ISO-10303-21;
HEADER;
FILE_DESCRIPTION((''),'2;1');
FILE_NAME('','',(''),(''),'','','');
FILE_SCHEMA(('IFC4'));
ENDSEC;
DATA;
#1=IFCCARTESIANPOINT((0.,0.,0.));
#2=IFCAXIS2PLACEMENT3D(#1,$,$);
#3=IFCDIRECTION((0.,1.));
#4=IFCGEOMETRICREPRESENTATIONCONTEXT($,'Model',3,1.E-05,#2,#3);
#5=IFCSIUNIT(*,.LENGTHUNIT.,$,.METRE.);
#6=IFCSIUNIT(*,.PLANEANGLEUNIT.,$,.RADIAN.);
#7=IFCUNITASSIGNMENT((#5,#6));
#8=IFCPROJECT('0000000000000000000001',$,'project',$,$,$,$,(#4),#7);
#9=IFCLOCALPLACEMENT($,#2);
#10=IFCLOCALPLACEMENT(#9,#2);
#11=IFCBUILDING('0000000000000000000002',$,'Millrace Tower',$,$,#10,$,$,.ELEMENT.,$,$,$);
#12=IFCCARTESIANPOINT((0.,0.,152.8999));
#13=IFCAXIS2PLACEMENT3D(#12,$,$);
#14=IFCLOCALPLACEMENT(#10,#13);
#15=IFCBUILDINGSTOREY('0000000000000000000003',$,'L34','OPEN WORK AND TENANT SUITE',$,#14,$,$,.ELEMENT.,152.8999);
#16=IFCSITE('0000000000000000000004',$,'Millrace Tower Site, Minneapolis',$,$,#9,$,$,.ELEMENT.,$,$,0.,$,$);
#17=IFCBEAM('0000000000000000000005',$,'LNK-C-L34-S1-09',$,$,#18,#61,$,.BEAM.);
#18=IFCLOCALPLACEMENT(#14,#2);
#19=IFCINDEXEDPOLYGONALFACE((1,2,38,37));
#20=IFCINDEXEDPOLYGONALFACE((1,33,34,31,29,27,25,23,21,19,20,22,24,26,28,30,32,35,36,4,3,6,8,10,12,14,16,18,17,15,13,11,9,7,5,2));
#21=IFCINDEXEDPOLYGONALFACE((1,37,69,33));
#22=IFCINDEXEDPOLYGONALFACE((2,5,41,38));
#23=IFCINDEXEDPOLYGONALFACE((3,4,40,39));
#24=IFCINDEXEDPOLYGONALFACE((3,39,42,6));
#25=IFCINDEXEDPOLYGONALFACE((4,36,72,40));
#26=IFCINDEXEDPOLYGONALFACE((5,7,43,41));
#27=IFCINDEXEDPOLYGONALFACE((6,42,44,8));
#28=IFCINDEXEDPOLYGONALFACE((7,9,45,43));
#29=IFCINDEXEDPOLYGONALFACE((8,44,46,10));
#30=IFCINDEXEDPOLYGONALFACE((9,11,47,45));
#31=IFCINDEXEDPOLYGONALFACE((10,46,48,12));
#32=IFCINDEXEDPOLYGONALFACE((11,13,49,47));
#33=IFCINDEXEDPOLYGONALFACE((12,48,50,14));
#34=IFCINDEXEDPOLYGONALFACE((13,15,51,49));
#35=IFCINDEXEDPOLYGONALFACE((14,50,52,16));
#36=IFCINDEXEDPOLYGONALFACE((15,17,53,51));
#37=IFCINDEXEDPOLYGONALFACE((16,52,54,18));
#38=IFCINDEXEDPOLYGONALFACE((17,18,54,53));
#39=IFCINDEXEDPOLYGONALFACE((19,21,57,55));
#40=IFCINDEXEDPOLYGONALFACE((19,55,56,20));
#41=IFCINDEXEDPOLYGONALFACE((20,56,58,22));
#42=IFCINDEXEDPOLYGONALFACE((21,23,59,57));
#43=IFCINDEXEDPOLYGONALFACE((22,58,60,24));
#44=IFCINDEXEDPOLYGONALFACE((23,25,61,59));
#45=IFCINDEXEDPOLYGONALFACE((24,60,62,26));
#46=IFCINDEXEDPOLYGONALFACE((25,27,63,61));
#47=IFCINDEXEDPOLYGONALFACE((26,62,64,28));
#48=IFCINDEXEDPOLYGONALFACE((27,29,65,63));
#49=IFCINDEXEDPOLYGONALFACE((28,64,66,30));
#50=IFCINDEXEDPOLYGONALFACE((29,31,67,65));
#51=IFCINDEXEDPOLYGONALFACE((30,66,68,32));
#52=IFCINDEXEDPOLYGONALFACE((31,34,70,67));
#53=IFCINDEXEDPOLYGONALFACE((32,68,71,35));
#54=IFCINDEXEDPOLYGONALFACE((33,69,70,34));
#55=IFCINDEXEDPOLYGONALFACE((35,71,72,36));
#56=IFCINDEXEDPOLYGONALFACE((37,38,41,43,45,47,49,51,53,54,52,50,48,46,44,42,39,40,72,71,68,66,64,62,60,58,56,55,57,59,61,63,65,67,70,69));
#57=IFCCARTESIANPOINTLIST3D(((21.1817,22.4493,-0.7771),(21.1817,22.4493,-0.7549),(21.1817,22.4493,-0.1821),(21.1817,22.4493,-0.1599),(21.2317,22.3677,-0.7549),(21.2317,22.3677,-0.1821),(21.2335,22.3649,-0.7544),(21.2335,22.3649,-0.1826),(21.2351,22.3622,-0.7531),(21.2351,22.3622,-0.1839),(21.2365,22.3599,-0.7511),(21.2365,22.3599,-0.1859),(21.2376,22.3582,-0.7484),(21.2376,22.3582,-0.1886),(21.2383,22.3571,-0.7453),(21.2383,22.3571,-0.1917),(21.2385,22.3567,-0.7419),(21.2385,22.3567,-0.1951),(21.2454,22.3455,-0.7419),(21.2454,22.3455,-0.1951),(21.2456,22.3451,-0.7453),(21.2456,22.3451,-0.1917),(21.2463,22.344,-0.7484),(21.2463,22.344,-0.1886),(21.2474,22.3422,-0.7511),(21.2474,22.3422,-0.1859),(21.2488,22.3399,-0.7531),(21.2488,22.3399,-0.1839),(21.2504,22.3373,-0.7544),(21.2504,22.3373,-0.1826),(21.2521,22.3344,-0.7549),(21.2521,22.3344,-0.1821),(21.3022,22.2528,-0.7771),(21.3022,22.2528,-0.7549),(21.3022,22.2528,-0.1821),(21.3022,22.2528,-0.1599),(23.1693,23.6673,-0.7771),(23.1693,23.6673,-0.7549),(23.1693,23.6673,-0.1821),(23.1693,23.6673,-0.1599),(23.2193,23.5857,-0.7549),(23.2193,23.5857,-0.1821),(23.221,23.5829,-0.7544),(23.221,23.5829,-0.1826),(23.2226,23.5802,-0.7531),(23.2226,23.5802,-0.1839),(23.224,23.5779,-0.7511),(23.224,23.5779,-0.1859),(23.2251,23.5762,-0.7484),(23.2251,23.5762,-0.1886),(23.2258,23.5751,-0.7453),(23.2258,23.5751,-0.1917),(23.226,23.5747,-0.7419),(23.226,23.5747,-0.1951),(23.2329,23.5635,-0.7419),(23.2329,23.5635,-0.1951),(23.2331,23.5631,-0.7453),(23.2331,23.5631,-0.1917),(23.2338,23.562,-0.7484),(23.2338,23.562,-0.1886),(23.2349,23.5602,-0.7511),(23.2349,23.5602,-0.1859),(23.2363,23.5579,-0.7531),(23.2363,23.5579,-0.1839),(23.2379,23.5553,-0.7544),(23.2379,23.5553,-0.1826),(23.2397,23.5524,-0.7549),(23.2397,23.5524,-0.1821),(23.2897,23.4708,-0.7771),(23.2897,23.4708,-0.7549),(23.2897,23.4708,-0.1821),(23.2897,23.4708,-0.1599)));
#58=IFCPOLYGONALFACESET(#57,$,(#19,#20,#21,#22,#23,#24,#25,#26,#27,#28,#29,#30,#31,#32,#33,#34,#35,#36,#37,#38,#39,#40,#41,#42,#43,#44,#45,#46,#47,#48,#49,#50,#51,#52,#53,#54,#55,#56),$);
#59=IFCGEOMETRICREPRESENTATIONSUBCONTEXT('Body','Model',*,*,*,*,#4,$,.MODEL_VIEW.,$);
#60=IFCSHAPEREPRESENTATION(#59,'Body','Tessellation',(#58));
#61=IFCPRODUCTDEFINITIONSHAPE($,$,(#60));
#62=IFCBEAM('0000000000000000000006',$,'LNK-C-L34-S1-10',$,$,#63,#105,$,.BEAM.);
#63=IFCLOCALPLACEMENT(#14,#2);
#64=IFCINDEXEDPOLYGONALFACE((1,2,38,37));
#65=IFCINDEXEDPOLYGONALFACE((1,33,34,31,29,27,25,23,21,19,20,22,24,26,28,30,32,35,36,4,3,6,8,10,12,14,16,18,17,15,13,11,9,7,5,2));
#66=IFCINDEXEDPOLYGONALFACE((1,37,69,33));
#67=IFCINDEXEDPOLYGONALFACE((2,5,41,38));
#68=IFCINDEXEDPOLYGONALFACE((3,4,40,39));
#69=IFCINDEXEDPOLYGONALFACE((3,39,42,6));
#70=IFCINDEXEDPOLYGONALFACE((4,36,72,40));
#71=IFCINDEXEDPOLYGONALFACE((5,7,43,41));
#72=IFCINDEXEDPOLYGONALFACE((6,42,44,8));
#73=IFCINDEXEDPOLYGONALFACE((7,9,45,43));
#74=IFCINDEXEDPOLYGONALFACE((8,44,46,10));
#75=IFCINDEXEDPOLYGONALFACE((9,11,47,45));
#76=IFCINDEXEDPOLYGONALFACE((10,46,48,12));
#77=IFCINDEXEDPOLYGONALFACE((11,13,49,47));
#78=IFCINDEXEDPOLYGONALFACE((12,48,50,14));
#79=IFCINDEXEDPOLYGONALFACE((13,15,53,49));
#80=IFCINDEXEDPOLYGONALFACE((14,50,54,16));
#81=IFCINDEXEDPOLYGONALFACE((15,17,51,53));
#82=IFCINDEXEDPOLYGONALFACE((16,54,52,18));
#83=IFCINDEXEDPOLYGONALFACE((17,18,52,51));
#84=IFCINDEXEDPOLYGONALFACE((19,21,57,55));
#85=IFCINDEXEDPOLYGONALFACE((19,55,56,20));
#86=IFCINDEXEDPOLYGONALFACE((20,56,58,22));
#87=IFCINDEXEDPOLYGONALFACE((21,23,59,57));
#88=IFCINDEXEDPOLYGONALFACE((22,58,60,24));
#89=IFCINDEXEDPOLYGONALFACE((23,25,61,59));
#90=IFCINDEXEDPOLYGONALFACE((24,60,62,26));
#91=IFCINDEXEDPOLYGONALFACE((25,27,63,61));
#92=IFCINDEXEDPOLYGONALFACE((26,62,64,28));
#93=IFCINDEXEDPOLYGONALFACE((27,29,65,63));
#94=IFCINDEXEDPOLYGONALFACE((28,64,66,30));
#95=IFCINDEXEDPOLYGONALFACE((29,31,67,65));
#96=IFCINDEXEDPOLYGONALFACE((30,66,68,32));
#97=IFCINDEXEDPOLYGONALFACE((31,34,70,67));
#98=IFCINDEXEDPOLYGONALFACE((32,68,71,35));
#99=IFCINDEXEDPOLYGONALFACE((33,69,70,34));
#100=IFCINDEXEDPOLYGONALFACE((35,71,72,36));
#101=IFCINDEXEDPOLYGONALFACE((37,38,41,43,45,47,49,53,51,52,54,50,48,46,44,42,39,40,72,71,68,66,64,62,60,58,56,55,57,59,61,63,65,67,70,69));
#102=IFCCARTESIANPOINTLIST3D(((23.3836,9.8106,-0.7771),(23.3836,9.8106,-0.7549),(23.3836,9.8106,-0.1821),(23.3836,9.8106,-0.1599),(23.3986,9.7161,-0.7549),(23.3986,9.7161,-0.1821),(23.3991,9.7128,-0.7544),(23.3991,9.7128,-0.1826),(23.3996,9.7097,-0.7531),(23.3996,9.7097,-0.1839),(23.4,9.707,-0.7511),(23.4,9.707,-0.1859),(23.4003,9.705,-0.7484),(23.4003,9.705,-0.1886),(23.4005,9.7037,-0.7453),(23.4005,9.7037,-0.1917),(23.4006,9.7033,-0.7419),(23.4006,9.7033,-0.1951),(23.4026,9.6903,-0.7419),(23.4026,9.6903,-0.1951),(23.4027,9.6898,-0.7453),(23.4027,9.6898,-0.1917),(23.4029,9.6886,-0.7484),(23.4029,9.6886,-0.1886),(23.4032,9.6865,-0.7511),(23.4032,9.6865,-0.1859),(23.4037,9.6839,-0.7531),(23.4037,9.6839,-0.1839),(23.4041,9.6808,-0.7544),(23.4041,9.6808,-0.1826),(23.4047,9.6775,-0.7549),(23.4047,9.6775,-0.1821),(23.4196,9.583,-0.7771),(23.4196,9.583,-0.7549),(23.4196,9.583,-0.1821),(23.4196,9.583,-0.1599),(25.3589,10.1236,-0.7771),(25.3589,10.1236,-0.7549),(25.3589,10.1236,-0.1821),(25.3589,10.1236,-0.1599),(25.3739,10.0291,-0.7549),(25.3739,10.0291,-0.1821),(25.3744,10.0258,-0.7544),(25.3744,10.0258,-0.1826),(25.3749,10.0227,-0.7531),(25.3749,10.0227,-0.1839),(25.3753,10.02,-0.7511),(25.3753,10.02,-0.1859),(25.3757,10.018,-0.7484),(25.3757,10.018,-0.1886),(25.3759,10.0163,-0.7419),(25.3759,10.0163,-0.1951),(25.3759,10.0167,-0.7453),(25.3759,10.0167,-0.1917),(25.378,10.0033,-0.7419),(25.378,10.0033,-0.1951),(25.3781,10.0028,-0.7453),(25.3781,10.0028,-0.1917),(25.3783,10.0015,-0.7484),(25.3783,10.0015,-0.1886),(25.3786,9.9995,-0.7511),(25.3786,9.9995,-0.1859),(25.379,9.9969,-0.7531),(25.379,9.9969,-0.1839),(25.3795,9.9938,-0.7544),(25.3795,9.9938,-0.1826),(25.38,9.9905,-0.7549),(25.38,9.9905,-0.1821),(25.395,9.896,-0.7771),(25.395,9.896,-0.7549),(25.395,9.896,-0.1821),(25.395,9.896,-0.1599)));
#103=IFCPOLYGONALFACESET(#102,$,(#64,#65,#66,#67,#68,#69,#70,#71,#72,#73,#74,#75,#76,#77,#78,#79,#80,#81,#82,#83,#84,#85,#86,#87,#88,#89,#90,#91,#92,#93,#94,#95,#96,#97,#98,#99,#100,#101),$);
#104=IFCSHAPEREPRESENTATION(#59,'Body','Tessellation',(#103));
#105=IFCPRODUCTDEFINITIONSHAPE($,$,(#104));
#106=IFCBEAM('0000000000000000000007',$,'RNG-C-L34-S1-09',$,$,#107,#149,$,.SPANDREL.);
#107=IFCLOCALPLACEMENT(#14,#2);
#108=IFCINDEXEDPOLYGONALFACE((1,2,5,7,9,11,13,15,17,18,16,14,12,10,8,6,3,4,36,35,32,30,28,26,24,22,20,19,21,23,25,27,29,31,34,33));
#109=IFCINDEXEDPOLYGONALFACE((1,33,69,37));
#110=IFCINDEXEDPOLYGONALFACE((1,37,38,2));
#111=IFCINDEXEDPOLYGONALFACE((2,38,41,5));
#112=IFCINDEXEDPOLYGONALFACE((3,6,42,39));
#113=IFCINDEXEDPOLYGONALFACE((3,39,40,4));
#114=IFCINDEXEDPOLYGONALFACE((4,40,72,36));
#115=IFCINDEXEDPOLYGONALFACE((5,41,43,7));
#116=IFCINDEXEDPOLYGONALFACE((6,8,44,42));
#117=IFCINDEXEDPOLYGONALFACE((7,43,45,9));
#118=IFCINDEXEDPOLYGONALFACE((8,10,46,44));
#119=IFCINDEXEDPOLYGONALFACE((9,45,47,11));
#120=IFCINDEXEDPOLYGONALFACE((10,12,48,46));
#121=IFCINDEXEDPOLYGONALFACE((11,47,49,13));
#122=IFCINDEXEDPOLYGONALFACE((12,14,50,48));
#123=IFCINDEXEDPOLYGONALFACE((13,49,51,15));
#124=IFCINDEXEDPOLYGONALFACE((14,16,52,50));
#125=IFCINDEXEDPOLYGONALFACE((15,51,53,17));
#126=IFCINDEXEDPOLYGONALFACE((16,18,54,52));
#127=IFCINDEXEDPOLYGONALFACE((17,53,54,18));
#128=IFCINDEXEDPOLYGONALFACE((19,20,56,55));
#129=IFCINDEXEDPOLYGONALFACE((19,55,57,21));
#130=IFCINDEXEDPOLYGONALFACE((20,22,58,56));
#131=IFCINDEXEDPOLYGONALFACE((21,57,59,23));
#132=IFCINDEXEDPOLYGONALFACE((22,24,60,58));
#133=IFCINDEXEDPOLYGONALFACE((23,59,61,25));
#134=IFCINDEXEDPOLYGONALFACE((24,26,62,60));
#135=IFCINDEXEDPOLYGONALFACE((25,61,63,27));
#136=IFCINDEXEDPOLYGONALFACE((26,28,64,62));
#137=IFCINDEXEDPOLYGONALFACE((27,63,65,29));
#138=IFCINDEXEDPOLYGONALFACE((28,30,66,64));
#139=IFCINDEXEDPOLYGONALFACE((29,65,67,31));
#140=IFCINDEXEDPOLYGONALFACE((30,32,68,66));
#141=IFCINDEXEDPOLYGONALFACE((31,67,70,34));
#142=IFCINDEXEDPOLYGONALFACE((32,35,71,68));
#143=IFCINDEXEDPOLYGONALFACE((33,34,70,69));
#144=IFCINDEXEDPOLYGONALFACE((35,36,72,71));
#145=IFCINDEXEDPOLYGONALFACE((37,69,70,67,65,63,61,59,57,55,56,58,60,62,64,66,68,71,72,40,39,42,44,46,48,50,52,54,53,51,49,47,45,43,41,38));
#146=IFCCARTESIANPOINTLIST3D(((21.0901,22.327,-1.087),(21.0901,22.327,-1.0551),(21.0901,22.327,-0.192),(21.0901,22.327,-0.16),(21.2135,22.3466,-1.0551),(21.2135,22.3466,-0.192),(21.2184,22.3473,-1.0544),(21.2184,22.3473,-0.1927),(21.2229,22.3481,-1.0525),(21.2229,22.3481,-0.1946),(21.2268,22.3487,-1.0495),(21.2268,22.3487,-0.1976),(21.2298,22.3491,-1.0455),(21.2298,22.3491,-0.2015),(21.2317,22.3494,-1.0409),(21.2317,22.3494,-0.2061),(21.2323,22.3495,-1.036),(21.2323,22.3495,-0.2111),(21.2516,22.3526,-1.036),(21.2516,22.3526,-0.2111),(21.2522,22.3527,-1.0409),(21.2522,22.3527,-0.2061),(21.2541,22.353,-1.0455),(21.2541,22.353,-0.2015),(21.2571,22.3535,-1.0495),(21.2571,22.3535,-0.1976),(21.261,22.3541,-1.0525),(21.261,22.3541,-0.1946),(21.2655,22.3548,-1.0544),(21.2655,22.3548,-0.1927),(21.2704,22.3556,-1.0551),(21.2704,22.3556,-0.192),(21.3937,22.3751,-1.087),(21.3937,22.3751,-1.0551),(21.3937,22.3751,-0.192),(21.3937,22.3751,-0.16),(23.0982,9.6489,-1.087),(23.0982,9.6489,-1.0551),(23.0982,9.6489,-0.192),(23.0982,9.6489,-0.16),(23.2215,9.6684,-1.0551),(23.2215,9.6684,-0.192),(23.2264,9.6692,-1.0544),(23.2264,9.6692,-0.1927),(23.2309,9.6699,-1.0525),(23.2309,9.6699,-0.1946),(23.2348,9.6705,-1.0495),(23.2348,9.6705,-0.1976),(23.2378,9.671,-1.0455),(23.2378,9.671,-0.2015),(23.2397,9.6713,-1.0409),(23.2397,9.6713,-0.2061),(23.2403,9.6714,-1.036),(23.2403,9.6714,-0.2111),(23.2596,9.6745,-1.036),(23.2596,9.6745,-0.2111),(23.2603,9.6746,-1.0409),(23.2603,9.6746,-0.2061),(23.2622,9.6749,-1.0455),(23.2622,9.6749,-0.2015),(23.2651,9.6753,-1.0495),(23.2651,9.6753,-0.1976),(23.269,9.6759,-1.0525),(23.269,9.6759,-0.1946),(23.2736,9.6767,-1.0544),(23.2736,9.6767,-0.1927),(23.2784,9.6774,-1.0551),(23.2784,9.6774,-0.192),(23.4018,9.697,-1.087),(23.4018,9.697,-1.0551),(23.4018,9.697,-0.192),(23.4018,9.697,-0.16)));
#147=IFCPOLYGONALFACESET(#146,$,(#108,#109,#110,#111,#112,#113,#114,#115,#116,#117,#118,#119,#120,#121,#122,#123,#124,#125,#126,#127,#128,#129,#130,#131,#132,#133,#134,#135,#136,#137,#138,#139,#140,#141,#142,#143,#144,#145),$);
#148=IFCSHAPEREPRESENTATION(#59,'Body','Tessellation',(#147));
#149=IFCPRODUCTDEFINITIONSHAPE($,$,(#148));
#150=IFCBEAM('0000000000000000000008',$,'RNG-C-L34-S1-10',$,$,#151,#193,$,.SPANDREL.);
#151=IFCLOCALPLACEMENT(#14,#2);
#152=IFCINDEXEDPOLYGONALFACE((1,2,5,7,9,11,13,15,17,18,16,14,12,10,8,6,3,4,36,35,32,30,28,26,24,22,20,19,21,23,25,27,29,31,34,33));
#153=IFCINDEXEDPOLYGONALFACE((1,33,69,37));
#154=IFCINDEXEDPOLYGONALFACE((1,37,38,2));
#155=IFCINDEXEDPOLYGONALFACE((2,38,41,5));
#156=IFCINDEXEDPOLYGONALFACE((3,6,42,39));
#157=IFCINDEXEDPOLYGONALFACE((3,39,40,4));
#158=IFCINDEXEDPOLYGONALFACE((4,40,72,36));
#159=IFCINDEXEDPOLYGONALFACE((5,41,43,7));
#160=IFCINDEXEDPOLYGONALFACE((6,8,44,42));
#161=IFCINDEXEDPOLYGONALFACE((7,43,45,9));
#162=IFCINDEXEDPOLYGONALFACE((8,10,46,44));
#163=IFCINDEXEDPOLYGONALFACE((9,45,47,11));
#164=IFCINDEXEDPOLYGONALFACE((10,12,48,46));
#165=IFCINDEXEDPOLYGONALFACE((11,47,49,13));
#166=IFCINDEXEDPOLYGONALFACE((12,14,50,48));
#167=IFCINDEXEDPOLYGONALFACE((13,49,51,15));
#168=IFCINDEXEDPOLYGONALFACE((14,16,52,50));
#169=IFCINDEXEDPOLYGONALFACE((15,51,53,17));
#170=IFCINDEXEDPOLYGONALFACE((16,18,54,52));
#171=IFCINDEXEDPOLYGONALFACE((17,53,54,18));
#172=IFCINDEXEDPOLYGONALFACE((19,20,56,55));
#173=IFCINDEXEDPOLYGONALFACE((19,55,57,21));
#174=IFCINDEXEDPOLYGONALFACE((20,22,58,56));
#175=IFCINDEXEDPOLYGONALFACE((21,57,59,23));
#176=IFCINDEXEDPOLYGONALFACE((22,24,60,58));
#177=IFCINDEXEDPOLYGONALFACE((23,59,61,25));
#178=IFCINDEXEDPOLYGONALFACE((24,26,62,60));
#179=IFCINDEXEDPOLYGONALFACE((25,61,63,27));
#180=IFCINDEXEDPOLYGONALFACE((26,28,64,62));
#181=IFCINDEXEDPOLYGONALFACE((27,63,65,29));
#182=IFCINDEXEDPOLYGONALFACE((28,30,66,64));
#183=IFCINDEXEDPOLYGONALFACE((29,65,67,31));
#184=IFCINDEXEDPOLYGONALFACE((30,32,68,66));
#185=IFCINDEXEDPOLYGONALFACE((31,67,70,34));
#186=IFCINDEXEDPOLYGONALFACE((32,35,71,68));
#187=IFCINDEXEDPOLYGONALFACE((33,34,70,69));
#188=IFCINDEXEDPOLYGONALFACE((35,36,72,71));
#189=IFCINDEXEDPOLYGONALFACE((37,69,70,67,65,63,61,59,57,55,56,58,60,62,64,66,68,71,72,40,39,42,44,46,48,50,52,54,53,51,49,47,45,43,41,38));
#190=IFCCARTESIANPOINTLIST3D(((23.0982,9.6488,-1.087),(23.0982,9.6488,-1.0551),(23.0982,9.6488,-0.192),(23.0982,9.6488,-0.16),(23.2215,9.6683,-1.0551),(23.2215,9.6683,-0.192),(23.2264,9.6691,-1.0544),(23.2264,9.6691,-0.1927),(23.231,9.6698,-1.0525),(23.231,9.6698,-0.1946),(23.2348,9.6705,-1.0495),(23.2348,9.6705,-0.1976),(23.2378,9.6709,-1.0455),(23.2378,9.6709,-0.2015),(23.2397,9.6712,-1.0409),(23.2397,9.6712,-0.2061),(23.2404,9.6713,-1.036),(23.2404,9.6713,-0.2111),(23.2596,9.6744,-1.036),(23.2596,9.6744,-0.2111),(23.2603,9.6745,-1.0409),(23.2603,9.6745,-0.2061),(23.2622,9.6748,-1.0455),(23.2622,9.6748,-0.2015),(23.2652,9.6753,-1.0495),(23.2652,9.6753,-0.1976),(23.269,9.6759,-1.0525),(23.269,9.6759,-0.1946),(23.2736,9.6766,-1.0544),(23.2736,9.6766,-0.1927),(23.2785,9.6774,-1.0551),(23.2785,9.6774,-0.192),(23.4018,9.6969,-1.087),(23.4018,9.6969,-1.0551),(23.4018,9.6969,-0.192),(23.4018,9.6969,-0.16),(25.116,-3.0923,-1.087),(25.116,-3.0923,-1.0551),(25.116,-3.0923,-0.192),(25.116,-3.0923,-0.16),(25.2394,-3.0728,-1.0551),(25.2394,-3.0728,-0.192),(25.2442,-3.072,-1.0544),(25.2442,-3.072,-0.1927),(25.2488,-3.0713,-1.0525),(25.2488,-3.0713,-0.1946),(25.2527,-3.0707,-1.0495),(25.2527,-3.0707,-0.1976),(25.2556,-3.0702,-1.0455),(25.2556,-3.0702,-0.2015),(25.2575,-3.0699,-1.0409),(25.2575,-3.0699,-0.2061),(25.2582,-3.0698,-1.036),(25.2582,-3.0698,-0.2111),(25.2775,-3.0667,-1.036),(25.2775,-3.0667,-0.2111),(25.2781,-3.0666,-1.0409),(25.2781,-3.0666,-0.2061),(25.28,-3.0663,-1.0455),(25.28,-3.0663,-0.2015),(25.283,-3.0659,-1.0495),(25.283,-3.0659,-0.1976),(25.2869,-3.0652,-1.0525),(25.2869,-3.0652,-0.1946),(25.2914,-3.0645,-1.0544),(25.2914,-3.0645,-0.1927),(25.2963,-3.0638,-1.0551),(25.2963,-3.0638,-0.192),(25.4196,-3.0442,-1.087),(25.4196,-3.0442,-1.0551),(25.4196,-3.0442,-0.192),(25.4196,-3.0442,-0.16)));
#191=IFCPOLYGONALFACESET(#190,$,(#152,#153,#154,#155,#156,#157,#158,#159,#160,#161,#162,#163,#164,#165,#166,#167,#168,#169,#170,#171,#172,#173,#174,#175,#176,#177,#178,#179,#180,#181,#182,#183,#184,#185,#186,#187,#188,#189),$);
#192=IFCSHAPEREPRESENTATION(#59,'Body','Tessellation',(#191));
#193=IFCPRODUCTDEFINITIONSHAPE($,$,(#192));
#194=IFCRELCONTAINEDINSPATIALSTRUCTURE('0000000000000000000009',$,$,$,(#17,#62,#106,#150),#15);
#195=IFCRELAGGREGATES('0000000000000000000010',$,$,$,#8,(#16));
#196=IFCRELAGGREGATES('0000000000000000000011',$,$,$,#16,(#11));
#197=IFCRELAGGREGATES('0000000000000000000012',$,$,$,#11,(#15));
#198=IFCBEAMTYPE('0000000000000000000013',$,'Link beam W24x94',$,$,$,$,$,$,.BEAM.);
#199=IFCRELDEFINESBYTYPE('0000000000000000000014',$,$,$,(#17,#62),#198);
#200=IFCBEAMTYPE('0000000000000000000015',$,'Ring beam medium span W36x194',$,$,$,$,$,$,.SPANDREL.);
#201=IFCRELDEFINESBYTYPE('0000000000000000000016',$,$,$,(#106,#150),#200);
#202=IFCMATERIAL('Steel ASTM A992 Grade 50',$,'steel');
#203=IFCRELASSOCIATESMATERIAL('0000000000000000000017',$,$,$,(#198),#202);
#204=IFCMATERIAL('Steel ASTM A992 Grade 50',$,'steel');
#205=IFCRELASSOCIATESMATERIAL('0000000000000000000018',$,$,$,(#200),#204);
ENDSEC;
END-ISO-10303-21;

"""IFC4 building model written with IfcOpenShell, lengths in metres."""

from ifc_helpers import new_model, si_unit, direction, frame, origin, origin_2d, place, context, subcontext, project, spatial, i_section, extrude, material, material_profile, profile_set, type_object, element, save


model = new_model("IFC4")

# Units and contexts
model_context = context("Model", 3, precision=1e-05, world=origin(), true_north=direction((0.0, 1.0)))
body_context = subcontext(model_context, "Body", "Model", "MODEL_VIEW")
ifc_project = project(units=[si_unit("LENGTHUNIT", "METRE"), si_unit("PLANEANGLEUNIT", "RADIAN")], contexts=[model_context])

# Site, building, storey
site_placement = place(None, origin())
site = spatial("IfcSite", under=ifc_project, at=site_placement, Name="Millrace Tower Site, Minneapolis", CompositionType="ELEMENT", RefElevation=0.0)
building_placement = place(site_placement, origin())
building = spatial("IfcBuilding", under=site, at=building_placement, Name="Millrace Tower", CompositionType="ELEMENT")
storey_placement = place(building_placement, frame((0.0, 0.0, 152.8999)))
storey = spatial("IfcBuildingStorey", under=building, at=storey_placement, Name="L34", Description="OPEN WORK AND TENANT SUITE", CompositionType="ELEMENT", Elevation=152.8999)

# Beams
ifc_material_1 = material(Name="Steel ASTM A992 Grade 50", Category="steel")
ifc_material_profile_1 = material_profile(ifc_material_1, i_section(OverallWidth=0.2305, OverallDepth=0.6172, WebThickness=0.0132, FlangeThickness=0.0222, FilletRadius=0.0129, at=origin_2d()))
ifc_profile_set_1 = profile_set([ifc_material_profile_1], Name="Steel ASTM A992 Grade 50")
beam_type_1 = type_object("IfcBeamType", Name="Link beam W24x94", PredefinedType="BEAM", material=ifc_profile_set_1)
beam_1_placement = place(storey_placement, frame((21.2419, 22.3511, -0.4685), z_axis=(0.852631, 0.522513, 0.0), x_axis=(-0.522513, 0.852631, 0.0)))
element("IfcBeam", 1, at=beam_1_placement, inside=storey, type_object=beam_type_1, Name="LNK-C-L34-S1-09", PredefinedType="BEAM", context=body_context, shape_type="SweptSolid", body=[
    extrude(i_section(OverallWidth=0.2305, OverallDepth=0.6172, WebThickness=0.0132, FlangeThickness=0.0222, FilletRadius=0.0129, at=origin_2d()), origin(), (0.0, 0.0, 1.0), 2.3311),
])
beam_2_placement = place(storey_placement, frame((23.4016, 9.6968, -0.4685), z_axis=(0.987679, 0.156495, 0.0), x_axis=(-0.156495, 0.987679, 0.0)))
element("IfcBeam", 2, at=beam_2_placement, inside=storey, type_object=beam_type_1, Name="LNK-C-L34-S1-10", PredefinedType="BEAM", context=body_context, shape_type="SweptSolid", body=[
    extrude(i_section(OverallWidth=0.2305, OverallDepth=0.6172, WebThickness=0.0132, FlangeThickness=0.0222, FilletRadius=0.0129, at=origin_2d()), origin(), (0.0, 0.0, 1.0), 2.0),
])
ifc_material_2 = material(Name="Steel ASTM A992 Grade 50", Category="steel")
ifc_material_profile_2 = material_profile(ifc_material_2, i_section(OverallWidth=0.3074, OverallDepth=0.927, WebThickness=0.0195, FlangeThickness=0.032, FilletRadius=0.019, at=origin_2d()))
ifc_profile_set_2 = profile_set([ifc_material_profile_2], Name="Steel ASTM A992 Grade 50")
beam_type_2 = type_object("IfcBeamType", Name="Ring beam medium span W36x194", PredefinedType="SPANDREL", material=ifc_profile_set_2)
beam_3_placement = place(storey_placement, frame((21.2419, 22.3511, -0.6235), z_axis=(0.156436, -0.987688, 0.0), x_axis=(0.987688, 0.156436, 0.0)))
element("IfcBeam", 3, at=beam_3_placement, inside=storey, type_object=beam_type_2, Name="RNG-C-L34-S1-09", PredefinedType="SPANDREL", context=body_context, shape_type="SweptSolid", body=[
    extrude(i_section(OverallWidth=0.3074, OverallDepth=0.927, WebThickness=0.0195, FlangeThickness=0.032, FilletRadius=0.019, at=origin_2d()), origin(), (0.0, 0.0, 1.0), 12.8362),
])
beam_4_placement = place(storey_placement, frame((23.25, 9.6729, -0.6235), z_axis=(0.15642, -0.987691, 0.0), x_axis=(0.987691, 0.15642, 0.0)))
element("IfcBeam", 4, at=beam_4_placement, inside=storey, type_object=beam_type_2, Name="RNG-C-L34-S1-10", PredefinedType="SPANDREL", context=body_context, shape_type="SweptSolid", body=[
    extrude(i_section(OverallWidth=0.3074, OverallDepth=0.927, WebThickness=0.0195, FlangeThickness=0.032, FilletRadius=0.019, at=origin_2d()), origin(), (0.0, 0.0, 1.0), 12.8999),
])

save(model, "model.ifc")
